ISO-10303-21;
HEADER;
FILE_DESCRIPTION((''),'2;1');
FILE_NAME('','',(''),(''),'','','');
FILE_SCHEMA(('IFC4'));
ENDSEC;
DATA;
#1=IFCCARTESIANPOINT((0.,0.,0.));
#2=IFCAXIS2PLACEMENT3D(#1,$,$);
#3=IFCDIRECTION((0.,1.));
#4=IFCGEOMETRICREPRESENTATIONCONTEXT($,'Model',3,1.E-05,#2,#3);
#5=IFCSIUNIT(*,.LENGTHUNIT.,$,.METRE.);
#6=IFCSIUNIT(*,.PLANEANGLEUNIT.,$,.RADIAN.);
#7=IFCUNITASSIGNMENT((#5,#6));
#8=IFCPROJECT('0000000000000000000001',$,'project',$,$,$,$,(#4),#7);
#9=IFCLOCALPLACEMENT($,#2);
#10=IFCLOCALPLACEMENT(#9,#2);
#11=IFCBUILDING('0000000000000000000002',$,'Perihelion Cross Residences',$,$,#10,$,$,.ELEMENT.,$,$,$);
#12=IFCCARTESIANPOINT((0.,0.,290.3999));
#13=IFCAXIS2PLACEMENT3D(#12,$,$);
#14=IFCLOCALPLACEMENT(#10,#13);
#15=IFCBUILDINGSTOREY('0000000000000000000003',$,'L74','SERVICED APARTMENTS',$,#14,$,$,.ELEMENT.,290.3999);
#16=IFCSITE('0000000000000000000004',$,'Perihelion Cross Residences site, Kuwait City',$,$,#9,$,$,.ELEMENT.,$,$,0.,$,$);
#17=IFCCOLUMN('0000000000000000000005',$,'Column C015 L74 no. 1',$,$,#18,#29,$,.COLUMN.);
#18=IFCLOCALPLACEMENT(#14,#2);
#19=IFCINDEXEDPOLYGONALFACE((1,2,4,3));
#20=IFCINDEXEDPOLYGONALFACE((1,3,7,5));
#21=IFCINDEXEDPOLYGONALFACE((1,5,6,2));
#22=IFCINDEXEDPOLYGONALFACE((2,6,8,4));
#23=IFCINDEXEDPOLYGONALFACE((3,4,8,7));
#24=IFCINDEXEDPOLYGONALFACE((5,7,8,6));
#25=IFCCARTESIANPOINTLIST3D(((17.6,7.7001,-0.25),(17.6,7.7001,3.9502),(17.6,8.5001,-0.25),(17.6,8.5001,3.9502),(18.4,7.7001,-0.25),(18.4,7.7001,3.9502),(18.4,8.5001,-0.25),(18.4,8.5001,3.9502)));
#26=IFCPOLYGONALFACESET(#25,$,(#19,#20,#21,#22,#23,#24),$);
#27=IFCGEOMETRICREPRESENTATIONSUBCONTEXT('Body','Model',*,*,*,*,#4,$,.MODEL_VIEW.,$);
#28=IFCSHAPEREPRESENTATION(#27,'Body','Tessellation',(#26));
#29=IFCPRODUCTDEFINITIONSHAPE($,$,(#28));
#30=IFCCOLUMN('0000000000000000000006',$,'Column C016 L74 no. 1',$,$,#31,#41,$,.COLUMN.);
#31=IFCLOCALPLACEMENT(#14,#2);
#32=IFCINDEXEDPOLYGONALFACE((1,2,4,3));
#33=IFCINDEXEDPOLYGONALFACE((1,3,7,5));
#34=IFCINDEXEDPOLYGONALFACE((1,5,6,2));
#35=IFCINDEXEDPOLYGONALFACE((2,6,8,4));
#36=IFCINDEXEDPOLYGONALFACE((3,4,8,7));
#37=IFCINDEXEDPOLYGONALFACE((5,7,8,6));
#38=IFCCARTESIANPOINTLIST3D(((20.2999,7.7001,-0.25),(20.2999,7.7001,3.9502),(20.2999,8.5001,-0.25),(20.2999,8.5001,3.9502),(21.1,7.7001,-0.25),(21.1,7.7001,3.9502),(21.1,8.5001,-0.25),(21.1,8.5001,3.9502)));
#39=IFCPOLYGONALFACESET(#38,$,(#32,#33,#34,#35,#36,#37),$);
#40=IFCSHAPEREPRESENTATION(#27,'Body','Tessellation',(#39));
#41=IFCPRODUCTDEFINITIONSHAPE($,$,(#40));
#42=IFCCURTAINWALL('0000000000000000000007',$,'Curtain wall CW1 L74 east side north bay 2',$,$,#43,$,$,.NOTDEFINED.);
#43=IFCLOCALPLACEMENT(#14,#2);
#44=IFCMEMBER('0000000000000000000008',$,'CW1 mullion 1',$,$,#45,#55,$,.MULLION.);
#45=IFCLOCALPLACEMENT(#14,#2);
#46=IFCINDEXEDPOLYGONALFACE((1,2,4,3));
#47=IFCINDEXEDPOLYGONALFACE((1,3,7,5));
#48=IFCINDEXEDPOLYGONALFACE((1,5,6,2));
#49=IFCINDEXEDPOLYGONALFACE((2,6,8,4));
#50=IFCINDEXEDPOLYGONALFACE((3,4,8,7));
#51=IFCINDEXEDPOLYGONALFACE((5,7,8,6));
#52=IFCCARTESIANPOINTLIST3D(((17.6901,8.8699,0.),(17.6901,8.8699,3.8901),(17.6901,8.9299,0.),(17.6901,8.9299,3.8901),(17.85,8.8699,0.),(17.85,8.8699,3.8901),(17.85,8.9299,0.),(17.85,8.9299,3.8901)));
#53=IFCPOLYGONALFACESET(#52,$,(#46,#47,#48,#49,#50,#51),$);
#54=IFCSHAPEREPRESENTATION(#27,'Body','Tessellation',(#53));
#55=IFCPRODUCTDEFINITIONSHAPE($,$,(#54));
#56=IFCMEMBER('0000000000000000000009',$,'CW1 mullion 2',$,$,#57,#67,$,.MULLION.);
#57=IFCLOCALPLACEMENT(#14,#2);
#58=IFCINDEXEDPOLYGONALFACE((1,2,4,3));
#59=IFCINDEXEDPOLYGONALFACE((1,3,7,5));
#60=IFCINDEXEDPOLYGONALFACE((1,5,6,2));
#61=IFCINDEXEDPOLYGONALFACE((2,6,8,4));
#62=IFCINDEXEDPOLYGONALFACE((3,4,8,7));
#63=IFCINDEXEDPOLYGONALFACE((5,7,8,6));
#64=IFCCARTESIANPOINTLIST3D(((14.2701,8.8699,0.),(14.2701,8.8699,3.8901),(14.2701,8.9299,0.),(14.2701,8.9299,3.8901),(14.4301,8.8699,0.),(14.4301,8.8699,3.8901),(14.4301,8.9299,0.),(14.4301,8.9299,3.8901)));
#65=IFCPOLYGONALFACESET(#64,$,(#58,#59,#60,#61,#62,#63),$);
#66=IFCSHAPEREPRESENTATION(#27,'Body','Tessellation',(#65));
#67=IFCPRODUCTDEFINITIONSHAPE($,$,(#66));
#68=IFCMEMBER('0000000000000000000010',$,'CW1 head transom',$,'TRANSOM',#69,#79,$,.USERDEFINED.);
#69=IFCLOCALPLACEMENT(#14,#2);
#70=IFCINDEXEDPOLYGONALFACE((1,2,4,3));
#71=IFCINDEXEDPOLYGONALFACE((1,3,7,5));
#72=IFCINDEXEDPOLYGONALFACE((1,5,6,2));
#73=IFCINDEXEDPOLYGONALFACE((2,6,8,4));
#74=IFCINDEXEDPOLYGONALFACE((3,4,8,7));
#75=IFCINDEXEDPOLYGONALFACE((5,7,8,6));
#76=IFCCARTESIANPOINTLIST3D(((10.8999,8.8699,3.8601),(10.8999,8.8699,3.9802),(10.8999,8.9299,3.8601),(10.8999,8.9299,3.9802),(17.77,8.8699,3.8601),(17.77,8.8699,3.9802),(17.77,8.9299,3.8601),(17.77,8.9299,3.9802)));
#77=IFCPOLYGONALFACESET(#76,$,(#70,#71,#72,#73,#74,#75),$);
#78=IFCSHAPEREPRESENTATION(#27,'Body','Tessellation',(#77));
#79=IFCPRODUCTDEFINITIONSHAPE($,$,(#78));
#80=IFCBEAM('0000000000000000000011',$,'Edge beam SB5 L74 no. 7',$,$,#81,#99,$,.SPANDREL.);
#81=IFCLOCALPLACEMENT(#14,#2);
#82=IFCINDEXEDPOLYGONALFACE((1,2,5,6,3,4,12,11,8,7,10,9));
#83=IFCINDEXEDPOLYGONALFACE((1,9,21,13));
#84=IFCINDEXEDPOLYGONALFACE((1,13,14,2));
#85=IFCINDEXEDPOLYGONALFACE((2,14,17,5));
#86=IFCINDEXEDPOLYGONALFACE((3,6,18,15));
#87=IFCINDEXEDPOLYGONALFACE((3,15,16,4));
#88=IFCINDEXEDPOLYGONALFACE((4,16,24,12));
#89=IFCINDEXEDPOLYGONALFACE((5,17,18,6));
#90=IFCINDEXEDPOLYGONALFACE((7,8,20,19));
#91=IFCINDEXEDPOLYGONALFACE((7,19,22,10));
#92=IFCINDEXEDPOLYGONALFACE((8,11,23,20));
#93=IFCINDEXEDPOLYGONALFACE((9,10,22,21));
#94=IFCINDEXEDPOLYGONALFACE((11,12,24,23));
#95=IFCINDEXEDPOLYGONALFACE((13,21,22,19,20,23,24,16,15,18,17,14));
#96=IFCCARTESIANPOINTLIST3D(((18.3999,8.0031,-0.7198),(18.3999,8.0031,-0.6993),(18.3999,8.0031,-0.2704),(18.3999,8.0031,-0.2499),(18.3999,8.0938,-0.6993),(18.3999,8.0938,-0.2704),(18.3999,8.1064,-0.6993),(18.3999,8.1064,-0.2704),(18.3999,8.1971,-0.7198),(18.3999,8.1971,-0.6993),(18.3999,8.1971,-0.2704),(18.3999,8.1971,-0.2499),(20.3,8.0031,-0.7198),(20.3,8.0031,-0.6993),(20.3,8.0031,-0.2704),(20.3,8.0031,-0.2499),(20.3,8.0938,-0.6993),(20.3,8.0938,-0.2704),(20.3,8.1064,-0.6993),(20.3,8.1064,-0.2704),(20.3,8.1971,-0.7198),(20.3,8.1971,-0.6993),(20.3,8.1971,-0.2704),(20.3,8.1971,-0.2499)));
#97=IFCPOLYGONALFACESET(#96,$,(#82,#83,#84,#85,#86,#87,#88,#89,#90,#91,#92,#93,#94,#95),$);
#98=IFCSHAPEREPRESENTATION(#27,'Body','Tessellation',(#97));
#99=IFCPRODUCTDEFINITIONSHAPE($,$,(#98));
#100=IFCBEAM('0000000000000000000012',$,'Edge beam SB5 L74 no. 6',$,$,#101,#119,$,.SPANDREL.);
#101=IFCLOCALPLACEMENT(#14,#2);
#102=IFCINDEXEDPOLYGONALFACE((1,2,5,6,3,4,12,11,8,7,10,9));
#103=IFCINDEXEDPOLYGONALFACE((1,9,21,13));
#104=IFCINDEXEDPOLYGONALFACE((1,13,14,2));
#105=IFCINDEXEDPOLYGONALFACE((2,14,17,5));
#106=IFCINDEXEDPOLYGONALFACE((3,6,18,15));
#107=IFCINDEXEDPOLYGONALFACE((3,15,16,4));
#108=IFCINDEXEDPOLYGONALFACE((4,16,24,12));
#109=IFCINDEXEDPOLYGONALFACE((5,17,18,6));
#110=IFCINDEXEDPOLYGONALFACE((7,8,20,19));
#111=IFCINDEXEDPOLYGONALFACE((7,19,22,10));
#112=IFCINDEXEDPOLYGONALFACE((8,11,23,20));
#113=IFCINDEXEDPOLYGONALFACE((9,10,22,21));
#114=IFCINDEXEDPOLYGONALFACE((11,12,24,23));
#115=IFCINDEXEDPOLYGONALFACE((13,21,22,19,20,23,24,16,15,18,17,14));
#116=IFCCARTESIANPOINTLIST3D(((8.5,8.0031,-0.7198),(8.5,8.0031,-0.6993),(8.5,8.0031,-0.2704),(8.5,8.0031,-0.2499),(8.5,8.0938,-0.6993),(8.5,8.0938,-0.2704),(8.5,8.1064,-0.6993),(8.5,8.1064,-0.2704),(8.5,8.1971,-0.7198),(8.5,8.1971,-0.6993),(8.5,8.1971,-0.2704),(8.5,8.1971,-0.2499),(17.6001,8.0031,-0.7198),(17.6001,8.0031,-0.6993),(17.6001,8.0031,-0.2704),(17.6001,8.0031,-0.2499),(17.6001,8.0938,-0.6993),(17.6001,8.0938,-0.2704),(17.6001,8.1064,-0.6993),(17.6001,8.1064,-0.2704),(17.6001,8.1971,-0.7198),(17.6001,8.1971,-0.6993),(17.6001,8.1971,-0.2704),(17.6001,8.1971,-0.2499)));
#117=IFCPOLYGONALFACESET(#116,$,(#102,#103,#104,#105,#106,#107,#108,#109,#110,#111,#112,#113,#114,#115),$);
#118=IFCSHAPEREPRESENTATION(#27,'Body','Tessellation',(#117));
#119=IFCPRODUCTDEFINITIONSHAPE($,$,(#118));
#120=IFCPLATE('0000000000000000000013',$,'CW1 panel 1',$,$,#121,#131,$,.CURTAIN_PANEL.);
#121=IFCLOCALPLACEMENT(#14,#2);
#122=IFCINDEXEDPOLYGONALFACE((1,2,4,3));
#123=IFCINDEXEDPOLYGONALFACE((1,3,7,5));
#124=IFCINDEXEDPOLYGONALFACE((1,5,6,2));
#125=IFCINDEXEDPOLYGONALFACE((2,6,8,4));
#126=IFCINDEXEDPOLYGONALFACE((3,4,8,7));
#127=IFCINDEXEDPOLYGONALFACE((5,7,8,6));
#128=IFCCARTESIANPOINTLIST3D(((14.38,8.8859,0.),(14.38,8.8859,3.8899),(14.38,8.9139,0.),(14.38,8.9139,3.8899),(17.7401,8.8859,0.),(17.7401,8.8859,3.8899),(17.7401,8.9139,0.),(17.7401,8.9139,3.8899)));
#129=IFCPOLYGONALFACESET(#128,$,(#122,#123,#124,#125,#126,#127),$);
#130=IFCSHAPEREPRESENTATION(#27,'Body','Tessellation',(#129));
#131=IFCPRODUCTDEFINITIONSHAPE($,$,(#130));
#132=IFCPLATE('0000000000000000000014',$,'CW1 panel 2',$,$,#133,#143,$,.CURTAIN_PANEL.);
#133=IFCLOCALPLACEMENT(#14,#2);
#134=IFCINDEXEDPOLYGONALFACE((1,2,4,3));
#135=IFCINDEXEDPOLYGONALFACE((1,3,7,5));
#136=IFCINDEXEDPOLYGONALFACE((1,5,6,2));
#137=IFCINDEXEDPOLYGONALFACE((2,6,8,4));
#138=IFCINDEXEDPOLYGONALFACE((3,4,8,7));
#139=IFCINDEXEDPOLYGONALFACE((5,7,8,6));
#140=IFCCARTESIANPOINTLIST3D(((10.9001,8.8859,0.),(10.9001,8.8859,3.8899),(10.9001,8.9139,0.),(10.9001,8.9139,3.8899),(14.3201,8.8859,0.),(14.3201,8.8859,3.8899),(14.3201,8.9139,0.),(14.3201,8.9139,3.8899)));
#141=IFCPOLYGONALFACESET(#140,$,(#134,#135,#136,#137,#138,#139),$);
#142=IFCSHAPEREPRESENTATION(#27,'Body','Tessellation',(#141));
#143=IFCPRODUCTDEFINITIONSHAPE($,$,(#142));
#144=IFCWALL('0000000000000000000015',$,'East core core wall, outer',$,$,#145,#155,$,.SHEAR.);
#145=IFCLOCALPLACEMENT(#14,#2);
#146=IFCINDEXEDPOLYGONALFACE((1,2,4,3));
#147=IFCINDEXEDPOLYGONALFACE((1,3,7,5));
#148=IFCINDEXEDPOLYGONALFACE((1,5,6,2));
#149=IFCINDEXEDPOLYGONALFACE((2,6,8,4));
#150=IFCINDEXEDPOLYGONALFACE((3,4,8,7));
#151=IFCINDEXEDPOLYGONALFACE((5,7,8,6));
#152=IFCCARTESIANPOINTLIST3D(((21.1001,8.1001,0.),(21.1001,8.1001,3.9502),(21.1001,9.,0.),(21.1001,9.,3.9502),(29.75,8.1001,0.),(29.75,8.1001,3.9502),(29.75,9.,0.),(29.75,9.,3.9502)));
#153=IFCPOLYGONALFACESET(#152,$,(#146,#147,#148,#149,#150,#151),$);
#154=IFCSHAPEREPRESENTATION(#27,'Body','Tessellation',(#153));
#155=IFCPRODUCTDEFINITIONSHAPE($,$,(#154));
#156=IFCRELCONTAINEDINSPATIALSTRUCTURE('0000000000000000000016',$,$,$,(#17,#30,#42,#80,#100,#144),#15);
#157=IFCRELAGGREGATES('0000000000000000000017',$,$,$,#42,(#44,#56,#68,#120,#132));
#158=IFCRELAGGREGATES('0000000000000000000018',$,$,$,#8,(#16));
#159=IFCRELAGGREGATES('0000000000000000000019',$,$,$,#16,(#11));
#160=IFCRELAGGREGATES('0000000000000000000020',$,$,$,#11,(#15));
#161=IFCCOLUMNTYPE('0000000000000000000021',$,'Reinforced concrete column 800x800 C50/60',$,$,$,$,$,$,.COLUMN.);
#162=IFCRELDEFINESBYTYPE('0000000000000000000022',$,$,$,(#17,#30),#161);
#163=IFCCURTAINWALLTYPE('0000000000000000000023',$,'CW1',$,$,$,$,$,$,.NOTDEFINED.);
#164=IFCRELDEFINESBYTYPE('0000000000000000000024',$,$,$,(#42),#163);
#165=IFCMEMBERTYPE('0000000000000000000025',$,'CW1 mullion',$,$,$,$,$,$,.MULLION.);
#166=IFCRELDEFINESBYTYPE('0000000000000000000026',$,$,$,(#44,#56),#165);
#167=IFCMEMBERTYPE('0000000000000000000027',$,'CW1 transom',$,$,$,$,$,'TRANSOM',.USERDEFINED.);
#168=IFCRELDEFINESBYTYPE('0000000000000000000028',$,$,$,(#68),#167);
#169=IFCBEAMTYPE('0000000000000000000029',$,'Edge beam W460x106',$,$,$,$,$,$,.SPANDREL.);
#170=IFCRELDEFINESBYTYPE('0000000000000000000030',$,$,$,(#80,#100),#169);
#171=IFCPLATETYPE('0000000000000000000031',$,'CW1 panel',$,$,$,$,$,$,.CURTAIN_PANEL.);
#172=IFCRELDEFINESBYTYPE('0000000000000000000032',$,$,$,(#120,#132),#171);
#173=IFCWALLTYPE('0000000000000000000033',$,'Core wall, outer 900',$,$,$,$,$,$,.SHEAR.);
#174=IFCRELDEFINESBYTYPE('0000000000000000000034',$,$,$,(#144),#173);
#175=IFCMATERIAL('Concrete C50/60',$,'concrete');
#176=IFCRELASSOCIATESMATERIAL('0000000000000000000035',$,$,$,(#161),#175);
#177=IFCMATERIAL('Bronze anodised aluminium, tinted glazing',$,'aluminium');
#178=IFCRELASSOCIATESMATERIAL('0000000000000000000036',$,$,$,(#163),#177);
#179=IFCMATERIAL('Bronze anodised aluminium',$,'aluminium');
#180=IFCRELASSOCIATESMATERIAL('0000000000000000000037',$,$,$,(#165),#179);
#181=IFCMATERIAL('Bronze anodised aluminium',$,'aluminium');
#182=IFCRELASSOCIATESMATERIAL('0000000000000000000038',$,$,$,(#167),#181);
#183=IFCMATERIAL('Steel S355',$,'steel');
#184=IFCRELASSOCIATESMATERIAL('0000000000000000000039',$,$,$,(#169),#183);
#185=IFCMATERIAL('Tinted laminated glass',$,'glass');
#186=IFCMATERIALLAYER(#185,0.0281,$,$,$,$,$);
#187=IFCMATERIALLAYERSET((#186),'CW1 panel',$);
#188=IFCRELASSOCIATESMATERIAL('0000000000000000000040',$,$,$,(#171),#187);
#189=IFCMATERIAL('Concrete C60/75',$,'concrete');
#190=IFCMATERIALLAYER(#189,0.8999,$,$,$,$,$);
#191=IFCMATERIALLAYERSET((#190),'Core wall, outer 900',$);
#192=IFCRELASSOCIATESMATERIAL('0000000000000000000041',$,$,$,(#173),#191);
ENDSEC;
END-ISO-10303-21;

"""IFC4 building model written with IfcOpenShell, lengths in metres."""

from ifc_helpers import new_model, si_unit, direction, frame, frame_2d, origin, origin_2d, place, context, subcontext, project, spatial, rectangle, i_section, extrude, material, layer, layer_set, material_profile, profile_set, type_object, element, aggregate, save


model = new_model("IFC4")

# Units and contexts
model_context = context("Model", 3, precision=1e-05, world=origin(), true_north=direction((0.0, 1.0)))
body_context = subcontext(model_context, "Body", "Model", "MODEL_VIEW")
ifc_project = project(units=[si_unit("LENGTHUNIT", "METRE"), si_unit("PLANEANGLEUNIT", "RADIAN")], contexts=[model_context])

# Site, building, storey
site_placement = place(None, origin())
site = spatial("IfcSite", under=ifc_project, at=site_placement, Name="Perihelion Cross Residences site, Kuwait City", CompositionType="ELEMENT", RefElevation=0.0)
building_placement = place(site_placement, origin())
building = spatial("IfcBuilding", under=site, at=building_placement, Name="Perihelion Cross Residences", CompositionType="ELEMENT")
storey_placement = place(building_placement, frame((0.0, 0.0, 290.3999)))
storey = spatial("IfcBuildingStorey", under=building, at=storey_placement, Name="L74", Description="SERVICED APARTMENTS", CompositionType="ELEMENT", Elevation=290.3999)

# Columns
ifc_material_1 = material(Name="Concrete C50/60", Category="concrete")
ifc_material_profile_1 = material_profile(ifc_material_1, rectangle(XDim=0.8, YDim=0.8, at=origin_2d()), Name="RC 800x800")
ifc_profile_set_1 = profile_set([ifc_material_profile_1], Name="Concrete C50/60")
column_type = type_object("IfcColumnType", Name="Reinforced concrete column 800x800 C50/60", PredefinedType="COLUMN", material=ifc_profile_set_1)
for number, where, z_axis, x_axis, name in (
    (1, (18.0, 8.1001, -0.25), (0.0, 0.0, 1.0), (1.0, 0.0, 0.0), "Column C015 L74 no. 1"),
    (2, (20.7, 8.1001, -0.25), (0.0, 0.0, 1.0), (1.0, 0.0, 0.0), "Column C016 L74 no. 1"),
):
    element("IfcColumn", number, at=place(storey_placement, frame(where, z_axis=z_axis, x_axis=x_axis)), inside=storey, type_object=column_type, Name=name, PredefinedType="COLUMN", context=body_context, shape_type="SweptSolid", body=[
        extrude(rectangle(XDim=0.8, YDim=0.8, at=origin_2d()), origin(), (0.0, 0.0, 1.0), 4.2002),
    ])

# Curtain wall, members
ifc_material_2 = material(Name="Bronze anodised aluminium, tinted glazing", Category="aluminium")
curtain_wall_type = type_object("IfcCurtainWallType", Name="CW1", PredefinedType="NOTDEFINED", material=ifc_material_2)
curtain_wall_placement = place(storey_placement, origin())
curtain_wall = element("IfcCurtainWall", 3, at=curtain_wall_placement, inside=storey, type_object=curtain_wall_type, Name="Curtain wall CW1 L74 east side north bay 2", PredefinedType="NOTDEFINED")
ifc_material_3 = material(Name="Bronze anodised aluminium", Category="aluminium")
ifc_material_profile_2 = material_profile(ifc_material_3, rectangle(XDim=0.0601, YDim=0.1599, at=origin_2d()), Name="CW1 mullion")
ifc_profile_set_2 = profile_set([ifc_material_profile_2], Name="Bronze anodised aluminium")
member_type_1 = type_object("IfcMemberType", Name="CW1 mullion", PredefinedType="MULLION", material=ifc_profile_set_2)
member_1_placement = place(storey_placement, frame((17.77, 8.8999, 0.0), z_axis=(0.0, 0.0, 1.0), x_axis=(0.0, -1.0, 0.0)))
member_1 = element("IfcMember", 4, at=member_1_placement, type_object=member_type_1, Name="CW1 mullion 1", PredefinedType="MULLION", context=body_context, shape_type="SweptSolid", body=[
    extrude(rectangle(XDim=0.0601, YDim=0.1599, at=origin_2d()), origin(), (0.0, 0.0, 1.0), 3.8901),
])
member_2_placement = place(storey_placement, frame((14.3501, 8.8999, 0.0), z_axis=(0.0, 0.0, 1.0), x_axis=(0.0, -1.0, 0.0)))
member_2 = element("IfcMember", 5, at=member_2_placement, type_object=member_type_1, Name="CW1 mullion 2", PredefinedType="MULLION", context=body_context, shape_type="SweptSolid", body=[
    extrude(rectangle(XDim=0.0601, YDim=0.1599, at=origin_2d()), origin(), (0.0, 0.0, 1.0), 3.8901),
])
ifc_material_4 = material(Name="Bronze anodised aluminium", Category="aluminium")
ifc_material_profile_3 = material_profile(ifc_material_4, rectangle(XDim=0.0601, YDim=0.1201, at=origin_2d()), Name="CW1 transom")
ifc_profile_set_3 = profile_set([ifc_material_profile_3], Name="Bronze anodised aluminium")
member_type_2 = type_object("IfcMemberType", Name="CW1 transom", ElementType="TRANSOM", PredefinedType="USERDEFINED", material=ifc_profile_set_3)
member_3_placement = place(storey_placement, frame((17.77, 8.8999, 3.9202), z_axis=(-1.0, 0.0, 0.0), x_axis=(0.0, -1.0, 0.0)))
member_3 = element("IfcMember", 6, at=member_3_placement, type_object=member_type_2, Name="CW1 head transom", ObjectType="TRANSOM", PredefinedType="USERDEFINED", context=body_context, shape_type="SweptSolid", body=[
    extrude(rectangle(XDim=0.0601, YDim=0.1201, at=origin_2d()), origin(), (0.0, 0.0, 1.0), 6.8701),
])

# Beams
ifc_material_5 = material(Name="Steel S355", Category="steel")
ifc_material_profile_4 = material_profile(ifc_material_5, i_section(OverallWidth=0.1941, OverallDepth=0.47, WebThickness=0.0127, FlangeThickness=0.0205, at=origin_2d()), Name="W460x106")
ifc_profile_set_4 = profile_set([ifc_material_profile_4], Name="Steel S355")
beam_type = type_object("IfcBeamType", Name="Edge beam W460x106", PredefinedType="SPANDREL", material=ifc_profile_set_4)
beam_1_placement = place(storey_placement, frame((20.3, 8.1001, -0.4849), z_axis=(-1.0, 0.0, 0.0), x_axis=(0.0, -1.0, 0.0)))
element("IfcBeam", 7, at=beam_1_placement, inside=storey, type_object=beam_type, Name="Edge beam SB5 L74 no. 7", PredefinedType="SPANDREL", context=body_context, shape_type="SweptSolid", body=[
    extrude(i_section(OverallWidth=0.1941, OverallDepth=0.47, WebThickness=0.0127, FlangeThickness=0.0205, at=origin_2d()), origin(), (0.0, 0.0, 1.0), 1.9001),
])
beam_2_placement = place(storey_placement, frame((17.6001, 8.1001, -0.4849), z_axis=(-1.0, 0.0, 0.0), x_axis=(0.0, -1.0, 0.0)))
element("IfcBeam", 8, at=beam_2_placement, inside=storey, type_object=beam_type, Name="Edge beam SB5 L74 no. 6", PredefinedType="SPANDREL", context=body_context, shape_type="SweptSolid", body=[
    extrude(i_section(OverallWidth=0.1941, OverallDepth=0.47, WebThickness=0.0127, FlangeThickness=0.0205, at=origin_2d()), origin(), (0.0, 0.0, 1.0), 9.1001),
])

# Plates
ifc_material_6 = material(Name="Tinted laminated glass", Category="glass")
ifc_layer_1 = layer(ifc_material_6, 0.0281)
ifc_layer_set_1 = layer_set([ifc_layer_1], Name="CW1 panel")
plate_type = type_object("IfcPlateType", Name="CW1 panel", PredefinedType="CURTAIN_PANEL", material=ifc_layer_set_1)
plate_1_placement = place(storey_placement, frame((16.0601, 8.8999, 0.0), z_axis=(0.0, 0.0, 1.0), x_axis=(-1.0, 0.0, 0.0)))
plate_1 = element("IfcPlate", 9, at=plate_1_placement, type_object=plate_type, Name="CW1 panel 1", PredefinedType="CURTAIN_PANEL", context=body_context, shape_type="SweptSolid", body=[
    extrude(rectangle(XDim=3.3601, YDim=0.0281, at=origin_2d()), origin(), (0.0, 0.0, 1.0), 3.8899),
])
plate_2_placement = place(storey_placement, frame((12.6101, 8.8999, 0.0), z_axis=(0.0, 0.0, 1.0), x_axis=(-1.0, 0.0, 0.0)))
plate_2 = element("IfcPlate", 10, at=plate_2_placement, type_object=plate_type, Name="CW1 panel 2", PredefinedType="CURTAIN_PANEL", context=body_context, shape_type="SweptSolid", body=[
    extrude(rectangle(XDim=3.4199, YDim=0.0281, at=origin_2d()), origin(), (0.0, 0.0, 1.0), 3.8899),
])
aggregate(curtain_wall, [member_1, member_2, member_3, plate_1, plate_2])

# Wall
ifc_material_7 = material(Name="Concrete C60/75", Category="concrete")
ifc_layer_2 = layer(ifc_material_7, 0.8999)
ifc_layer_set_2 = layer_set([ifc_layer_2], Name="Core wall, outer 900")
wall_type_1 = type_object("IfcWallType", Name="Core wall, outer 900", PredefinedType="SHEAR", material=ifc_layer_set_2)
wall_1_placement = place(storey_placement, frame((21.1001, 8.55, 0.0), z_axis=(0.0, 0.0, 1.0), x_axis=(1.0, 0.0, 0.0)))
element("IfcWall", 11, at=wall_1_placement, inside=storey, type_object=wall_type_1, Name="East core core wall, outer", PredefinedType="SHEAR", context=body_context, shape_type="SweptSolid", body=[
    extrude(rectangle(XDim=8.6499, YDim=0.8999, at=frame_2d((4.325, 0.0))), origin(), (0.0, 0.0, 1.0), 3.9502),
])

save(model, "model.ifc")
